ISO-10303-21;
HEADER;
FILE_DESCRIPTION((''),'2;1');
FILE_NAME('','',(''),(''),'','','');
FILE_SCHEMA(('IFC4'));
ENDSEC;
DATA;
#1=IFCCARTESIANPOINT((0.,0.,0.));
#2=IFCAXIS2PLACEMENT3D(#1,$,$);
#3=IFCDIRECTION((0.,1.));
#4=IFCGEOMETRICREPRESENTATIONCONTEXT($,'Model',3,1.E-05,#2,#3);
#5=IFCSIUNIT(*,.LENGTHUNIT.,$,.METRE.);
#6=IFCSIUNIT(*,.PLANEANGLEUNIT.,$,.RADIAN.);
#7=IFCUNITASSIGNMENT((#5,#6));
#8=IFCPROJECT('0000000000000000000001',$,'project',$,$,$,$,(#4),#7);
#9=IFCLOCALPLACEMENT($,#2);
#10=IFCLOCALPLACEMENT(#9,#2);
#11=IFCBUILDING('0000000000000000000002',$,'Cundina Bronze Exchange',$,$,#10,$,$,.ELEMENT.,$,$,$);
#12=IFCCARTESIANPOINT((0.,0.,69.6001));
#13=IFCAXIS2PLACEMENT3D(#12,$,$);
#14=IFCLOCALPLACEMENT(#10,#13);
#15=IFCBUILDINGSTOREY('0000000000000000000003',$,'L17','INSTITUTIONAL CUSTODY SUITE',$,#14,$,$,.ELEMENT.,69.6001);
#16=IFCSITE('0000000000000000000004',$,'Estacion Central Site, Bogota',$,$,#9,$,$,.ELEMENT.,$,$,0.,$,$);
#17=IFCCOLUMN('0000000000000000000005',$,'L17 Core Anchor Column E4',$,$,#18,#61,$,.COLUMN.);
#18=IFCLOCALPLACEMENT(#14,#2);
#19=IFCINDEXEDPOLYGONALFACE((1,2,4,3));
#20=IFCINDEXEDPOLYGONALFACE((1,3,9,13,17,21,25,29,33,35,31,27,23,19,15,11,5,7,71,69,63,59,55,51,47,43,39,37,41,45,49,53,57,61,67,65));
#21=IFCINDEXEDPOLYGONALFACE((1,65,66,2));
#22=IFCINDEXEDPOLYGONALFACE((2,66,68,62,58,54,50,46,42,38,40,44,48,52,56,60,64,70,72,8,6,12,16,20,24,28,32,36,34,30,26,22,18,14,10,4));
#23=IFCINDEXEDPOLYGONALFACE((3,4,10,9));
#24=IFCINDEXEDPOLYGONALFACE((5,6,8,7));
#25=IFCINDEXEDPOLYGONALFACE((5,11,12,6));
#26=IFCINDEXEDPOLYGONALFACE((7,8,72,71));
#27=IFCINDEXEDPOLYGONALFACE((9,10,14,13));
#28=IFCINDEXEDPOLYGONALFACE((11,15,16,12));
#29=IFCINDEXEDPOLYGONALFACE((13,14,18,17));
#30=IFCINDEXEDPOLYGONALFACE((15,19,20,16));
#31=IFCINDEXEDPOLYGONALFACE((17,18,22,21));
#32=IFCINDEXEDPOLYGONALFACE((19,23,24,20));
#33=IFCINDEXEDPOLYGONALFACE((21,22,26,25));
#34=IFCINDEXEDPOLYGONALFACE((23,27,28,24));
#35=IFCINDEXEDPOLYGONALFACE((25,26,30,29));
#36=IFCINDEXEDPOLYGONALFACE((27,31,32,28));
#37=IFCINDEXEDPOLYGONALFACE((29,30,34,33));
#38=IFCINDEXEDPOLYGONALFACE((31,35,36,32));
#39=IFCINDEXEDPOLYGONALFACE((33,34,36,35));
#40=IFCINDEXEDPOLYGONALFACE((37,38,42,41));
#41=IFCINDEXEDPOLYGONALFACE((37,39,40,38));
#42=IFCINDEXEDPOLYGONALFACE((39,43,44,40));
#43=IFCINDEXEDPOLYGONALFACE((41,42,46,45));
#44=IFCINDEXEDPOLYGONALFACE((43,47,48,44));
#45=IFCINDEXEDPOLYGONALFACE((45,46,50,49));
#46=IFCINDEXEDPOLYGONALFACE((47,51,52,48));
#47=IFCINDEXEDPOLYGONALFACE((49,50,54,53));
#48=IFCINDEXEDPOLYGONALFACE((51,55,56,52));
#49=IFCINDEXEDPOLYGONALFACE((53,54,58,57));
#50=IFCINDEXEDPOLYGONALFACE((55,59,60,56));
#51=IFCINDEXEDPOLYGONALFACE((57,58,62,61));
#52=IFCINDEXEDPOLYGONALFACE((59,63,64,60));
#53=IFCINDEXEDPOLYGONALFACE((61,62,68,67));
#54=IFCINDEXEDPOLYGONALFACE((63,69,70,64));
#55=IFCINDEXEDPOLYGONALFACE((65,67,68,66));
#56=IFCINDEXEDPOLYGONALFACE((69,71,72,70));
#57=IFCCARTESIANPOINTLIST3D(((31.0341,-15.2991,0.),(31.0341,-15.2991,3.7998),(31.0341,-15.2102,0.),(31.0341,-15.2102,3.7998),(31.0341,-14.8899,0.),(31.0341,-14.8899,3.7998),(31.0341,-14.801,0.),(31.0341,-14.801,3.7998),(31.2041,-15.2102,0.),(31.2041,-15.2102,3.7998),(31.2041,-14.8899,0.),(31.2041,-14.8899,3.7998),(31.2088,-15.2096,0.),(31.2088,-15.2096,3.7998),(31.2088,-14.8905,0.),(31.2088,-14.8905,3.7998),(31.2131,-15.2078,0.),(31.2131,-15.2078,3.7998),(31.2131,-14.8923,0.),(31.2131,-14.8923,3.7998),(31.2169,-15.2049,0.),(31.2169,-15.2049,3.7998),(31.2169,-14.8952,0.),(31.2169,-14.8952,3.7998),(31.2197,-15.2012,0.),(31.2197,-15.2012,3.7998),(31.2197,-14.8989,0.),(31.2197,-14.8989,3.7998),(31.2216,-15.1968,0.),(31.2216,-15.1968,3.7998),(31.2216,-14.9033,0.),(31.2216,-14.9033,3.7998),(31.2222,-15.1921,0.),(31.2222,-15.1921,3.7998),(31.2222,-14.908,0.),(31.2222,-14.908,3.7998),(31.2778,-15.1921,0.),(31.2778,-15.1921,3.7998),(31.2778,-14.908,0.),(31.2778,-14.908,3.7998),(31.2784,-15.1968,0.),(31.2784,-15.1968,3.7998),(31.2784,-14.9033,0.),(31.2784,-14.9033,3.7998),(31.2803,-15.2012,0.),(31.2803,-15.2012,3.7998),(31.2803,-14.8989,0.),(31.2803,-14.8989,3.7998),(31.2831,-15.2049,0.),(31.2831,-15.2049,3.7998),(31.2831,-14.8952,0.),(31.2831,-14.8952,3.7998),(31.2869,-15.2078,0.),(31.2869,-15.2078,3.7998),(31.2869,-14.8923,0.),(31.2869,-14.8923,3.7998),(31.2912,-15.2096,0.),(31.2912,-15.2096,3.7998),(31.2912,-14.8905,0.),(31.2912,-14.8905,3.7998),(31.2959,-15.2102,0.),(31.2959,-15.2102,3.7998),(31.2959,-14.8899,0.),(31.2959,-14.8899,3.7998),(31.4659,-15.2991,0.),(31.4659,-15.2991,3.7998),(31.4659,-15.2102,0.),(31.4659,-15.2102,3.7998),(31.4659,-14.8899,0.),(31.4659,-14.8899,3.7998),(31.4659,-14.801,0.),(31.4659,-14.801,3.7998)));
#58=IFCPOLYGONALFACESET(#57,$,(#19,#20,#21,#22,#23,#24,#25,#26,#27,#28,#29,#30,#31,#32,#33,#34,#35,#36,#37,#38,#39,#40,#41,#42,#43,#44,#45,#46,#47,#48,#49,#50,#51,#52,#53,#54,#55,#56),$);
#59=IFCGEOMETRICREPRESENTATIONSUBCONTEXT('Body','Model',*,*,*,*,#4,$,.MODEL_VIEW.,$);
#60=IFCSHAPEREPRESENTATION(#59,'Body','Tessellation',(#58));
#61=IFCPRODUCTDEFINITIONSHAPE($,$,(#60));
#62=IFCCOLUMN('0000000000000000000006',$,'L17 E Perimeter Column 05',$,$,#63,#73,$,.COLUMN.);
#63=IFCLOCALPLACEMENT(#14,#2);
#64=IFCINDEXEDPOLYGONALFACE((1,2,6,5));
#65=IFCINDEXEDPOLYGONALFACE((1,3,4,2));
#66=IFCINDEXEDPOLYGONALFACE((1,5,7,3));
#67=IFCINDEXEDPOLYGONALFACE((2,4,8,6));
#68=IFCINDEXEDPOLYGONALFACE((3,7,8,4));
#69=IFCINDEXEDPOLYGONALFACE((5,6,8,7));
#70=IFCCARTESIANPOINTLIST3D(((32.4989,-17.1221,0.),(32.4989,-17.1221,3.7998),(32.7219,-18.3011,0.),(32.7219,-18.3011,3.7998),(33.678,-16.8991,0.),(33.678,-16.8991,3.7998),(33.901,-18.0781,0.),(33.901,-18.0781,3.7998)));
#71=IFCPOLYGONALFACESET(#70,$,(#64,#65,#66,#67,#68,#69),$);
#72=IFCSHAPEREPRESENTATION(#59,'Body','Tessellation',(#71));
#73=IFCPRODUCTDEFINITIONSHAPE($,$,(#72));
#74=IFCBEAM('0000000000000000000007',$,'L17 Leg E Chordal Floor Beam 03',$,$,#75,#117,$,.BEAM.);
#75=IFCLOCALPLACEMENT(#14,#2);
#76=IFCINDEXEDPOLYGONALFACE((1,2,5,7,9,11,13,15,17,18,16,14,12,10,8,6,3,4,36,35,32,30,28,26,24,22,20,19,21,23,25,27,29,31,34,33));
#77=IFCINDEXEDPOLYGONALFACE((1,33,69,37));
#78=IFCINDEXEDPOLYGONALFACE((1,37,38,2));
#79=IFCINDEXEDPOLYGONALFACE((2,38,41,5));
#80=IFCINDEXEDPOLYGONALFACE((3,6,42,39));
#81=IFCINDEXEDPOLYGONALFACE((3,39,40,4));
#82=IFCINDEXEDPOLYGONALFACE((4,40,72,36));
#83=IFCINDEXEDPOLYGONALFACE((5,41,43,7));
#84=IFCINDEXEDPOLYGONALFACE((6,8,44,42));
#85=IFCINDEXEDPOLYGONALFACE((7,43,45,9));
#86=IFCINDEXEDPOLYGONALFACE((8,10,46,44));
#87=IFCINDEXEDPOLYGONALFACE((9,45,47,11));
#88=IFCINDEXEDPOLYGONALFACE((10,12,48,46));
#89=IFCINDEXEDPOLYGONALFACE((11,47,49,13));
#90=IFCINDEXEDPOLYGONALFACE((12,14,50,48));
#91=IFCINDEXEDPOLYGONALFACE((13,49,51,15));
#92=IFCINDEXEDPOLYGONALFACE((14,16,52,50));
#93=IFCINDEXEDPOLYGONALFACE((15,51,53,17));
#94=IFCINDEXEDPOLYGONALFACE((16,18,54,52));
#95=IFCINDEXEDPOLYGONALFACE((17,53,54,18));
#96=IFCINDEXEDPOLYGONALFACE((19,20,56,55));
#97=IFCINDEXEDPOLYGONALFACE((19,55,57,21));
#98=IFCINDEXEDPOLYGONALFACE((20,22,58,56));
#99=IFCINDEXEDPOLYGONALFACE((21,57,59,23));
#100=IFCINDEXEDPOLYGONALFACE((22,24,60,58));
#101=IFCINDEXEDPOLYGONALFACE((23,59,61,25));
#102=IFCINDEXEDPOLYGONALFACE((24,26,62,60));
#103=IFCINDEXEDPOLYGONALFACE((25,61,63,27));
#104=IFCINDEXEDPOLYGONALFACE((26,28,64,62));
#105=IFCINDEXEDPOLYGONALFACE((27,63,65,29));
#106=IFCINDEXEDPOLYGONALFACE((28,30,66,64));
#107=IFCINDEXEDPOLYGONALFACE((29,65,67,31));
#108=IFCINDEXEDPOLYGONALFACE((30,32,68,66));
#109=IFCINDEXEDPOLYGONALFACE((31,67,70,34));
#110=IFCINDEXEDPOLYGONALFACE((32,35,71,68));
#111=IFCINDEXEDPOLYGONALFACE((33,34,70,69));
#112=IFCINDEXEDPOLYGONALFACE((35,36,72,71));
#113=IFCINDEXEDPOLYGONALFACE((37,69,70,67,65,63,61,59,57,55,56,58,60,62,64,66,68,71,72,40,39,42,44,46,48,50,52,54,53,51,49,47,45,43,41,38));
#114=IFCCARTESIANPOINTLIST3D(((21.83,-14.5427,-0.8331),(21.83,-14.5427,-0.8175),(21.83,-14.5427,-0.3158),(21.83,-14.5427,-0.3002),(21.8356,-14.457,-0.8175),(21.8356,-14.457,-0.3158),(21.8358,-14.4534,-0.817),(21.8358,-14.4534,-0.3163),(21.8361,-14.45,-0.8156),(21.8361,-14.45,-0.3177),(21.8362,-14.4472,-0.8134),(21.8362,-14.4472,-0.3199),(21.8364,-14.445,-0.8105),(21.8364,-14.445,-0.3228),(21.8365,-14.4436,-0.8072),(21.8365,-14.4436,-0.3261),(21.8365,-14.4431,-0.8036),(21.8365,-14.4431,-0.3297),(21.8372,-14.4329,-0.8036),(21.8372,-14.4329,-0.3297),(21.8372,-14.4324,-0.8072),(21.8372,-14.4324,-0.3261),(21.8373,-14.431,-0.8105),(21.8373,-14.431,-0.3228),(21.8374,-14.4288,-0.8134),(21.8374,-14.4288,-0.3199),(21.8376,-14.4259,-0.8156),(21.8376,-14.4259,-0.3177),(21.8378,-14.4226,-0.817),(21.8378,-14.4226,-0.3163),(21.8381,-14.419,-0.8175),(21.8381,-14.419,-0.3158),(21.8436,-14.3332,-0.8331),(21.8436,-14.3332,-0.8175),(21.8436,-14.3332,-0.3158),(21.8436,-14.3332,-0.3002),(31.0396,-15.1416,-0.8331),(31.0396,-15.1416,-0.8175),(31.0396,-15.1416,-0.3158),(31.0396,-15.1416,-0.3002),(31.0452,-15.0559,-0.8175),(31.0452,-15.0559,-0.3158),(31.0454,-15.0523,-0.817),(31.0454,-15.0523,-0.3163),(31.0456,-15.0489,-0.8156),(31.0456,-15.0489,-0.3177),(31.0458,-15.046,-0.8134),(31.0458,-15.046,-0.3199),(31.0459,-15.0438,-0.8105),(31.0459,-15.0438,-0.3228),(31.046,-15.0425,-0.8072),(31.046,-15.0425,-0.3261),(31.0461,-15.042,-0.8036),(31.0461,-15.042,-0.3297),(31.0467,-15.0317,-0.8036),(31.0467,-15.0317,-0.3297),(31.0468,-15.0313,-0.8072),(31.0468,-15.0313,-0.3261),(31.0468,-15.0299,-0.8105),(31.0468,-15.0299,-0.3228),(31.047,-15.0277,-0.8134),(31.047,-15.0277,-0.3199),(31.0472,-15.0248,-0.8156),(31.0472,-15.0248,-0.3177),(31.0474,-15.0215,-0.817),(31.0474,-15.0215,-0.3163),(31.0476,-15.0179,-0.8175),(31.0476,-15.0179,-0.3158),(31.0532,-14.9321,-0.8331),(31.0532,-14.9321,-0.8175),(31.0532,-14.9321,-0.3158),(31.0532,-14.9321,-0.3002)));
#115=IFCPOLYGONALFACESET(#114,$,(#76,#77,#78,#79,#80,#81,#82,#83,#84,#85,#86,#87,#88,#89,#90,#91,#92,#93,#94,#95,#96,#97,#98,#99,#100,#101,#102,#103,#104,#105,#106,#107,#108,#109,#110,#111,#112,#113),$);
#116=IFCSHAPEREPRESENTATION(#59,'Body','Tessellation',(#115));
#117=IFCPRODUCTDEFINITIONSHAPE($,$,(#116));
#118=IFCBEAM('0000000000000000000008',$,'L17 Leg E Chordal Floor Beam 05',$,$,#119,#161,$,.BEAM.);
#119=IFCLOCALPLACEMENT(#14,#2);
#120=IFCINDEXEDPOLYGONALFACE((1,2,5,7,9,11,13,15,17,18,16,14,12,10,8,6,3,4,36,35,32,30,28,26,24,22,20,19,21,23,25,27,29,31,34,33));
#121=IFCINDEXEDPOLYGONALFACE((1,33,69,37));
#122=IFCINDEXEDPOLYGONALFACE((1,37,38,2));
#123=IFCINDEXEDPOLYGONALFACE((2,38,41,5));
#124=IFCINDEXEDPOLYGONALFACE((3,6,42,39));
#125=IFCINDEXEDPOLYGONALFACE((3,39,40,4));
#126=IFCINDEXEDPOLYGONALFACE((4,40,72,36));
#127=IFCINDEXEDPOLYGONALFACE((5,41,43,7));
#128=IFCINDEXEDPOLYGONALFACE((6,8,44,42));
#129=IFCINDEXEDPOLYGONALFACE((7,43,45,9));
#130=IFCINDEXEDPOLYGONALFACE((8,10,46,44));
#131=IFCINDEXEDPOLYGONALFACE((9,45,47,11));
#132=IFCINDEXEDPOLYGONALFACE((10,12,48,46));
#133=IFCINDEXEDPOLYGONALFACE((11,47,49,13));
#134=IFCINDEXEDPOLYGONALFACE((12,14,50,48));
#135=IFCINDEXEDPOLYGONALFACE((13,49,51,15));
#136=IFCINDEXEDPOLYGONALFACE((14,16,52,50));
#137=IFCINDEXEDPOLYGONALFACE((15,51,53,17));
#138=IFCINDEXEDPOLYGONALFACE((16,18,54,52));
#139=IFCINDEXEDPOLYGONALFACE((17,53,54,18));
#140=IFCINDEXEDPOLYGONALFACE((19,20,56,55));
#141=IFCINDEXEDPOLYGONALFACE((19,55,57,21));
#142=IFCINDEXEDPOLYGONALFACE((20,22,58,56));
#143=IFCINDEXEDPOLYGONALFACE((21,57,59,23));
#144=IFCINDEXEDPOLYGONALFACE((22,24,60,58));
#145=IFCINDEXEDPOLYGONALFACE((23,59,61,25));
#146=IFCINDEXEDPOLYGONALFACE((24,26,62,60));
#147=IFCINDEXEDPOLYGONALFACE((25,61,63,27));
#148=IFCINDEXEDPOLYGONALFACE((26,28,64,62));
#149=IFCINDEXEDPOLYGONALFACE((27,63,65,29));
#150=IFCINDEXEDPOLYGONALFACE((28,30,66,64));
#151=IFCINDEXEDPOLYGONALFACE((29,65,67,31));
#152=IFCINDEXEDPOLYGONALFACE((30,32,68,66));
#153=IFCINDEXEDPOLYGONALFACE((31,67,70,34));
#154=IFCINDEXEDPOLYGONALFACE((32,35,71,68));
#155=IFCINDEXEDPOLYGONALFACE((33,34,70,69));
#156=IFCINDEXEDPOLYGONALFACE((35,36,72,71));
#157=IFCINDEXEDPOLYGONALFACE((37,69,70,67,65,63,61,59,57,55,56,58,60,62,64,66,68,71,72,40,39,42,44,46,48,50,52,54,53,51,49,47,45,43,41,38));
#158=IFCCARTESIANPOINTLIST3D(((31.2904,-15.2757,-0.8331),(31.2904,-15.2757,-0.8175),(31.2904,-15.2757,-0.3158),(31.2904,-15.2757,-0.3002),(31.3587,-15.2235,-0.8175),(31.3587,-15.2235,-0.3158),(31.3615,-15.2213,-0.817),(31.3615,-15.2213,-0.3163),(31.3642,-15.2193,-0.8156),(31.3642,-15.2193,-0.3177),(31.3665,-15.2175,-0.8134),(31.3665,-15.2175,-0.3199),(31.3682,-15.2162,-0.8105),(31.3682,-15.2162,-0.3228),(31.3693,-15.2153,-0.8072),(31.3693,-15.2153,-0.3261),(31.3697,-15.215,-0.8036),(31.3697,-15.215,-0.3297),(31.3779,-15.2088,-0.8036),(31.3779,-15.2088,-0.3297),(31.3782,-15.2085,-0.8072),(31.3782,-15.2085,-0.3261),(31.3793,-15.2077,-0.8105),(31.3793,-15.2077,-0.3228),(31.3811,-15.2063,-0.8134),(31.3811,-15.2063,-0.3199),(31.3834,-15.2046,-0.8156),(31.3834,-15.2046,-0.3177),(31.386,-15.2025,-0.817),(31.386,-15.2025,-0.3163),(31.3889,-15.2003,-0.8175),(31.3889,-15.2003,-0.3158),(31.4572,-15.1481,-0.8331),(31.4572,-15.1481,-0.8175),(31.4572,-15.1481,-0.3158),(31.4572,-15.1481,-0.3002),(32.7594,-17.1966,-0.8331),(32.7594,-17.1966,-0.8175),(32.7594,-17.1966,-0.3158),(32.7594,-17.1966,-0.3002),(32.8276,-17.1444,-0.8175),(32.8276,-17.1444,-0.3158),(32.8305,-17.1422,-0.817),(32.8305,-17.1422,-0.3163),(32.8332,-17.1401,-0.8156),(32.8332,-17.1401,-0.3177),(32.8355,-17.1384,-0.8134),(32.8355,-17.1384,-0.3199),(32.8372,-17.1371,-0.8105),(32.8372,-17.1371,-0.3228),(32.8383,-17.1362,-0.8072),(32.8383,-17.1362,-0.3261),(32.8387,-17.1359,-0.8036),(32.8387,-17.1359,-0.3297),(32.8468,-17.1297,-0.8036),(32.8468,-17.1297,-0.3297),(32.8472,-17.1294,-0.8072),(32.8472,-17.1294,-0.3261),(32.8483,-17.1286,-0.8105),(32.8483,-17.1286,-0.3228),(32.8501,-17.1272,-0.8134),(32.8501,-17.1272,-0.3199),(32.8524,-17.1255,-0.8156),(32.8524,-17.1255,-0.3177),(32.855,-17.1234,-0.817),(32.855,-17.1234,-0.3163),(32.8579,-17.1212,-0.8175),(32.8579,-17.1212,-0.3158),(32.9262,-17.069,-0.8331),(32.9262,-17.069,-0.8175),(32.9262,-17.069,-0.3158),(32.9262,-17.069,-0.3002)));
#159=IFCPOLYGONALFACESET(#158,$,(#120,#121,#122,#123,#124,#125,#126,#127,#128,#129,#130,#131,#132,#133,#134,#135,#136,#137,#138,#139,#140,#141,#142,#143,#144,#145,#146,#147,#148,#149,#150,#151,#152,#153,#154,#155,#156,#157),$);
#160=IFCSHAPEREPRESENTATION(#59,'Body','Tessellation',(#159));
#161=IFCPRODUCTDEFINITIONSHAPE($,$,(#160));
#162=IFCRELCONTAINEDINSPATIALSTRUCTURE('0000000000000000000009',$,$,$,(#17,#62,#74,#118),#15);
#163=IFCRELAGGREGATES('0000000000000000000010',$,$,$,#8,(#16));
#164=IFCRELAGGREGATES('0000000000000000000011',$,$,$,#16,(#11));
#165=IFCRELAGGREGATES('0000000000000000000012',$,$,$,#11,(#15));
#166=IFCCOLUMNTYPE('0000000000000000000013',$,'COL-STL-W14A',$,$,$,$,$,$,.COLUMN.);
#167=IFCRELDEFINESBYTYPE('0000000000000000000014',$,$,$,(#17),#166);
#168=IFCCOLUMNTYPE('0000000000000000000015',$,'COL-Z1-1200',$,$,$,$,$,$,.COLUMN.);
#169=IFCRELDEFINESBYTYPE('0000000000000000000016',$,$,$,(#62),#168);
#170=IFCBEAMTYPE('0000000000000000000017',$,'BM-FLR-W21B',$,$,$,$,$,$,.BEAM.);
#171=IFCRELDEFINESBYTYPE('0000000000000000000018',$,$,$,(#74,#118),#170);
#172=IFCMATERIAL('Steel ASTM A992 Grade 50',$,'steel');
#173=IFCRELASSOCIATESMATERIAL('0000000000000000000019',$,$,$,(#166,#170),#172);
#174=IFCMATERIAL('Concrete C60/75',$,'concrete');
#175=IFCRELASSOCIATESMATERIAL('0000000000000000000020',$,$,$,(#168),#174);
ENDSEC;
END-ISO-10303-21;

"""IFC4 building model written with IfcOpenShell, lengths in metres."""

from ifc_helpers import new_model, si_unit, direction, frame, origin, origin_2d, place, context, subcontext, project, spatial, rectangle, i_section, extrude, material, material_profile, profile_set, type_object, element, save


model = new_model("IFC4")

# Units and contexts
model_context = context("Model", 3, precision=1e-05, world=origin(), true_north=direction((0.0, 1.0)))
body_context = subcontext(model_context, "Body", "Model", "MODEL_VIEW")
ifc_project = project(units=[si_unit("LENGTHUNIT", "METRE"), si_unit("PLANEANGLEUNIT", "RADIAN")], contexts=[model_context])

# Site, building, storey
site_placement = place(None, origin())
site = spatial("IfcSite", under=ifc_project, at=site_placement, Name="Estacion Central Site, Bogota", CompositionType="ELEMENT", RefElevation=0.0)
building_placement = place(site_placement, origin())
building = spatial("IfcBuilding", under=site, at=building_placement, Name="Cundina Bronze Exchange", CompositionType="ELEMENT")
storey_placement = place(building_placement, frame((0.0, 0.0, 69.6001)))
storey = spatial("IfcBuildingStorey", under=building, at=storey_placement, Name="L17", Description="INSTITUTIONAL CUSTODY SUITE", CompositionType="ELEMENT", Elevation=69.6001)

# Columns
ifc_material_1 = material(Name="Steel ASTM A992 Grade 50", Category="steel")
ifc_material_profile_1 = material_profile(ifc_material_1, i_section(OverallWidth=0.4319, OverallDepth=0.498, WebThickness=0.0557, FlangeThickness=0.0889, FilletRadius=0.0181, at=origin_2d()), Name="W14X500", Category="steel")
ifc_profile_set_1 = profile_set([ifc_material_profile_1], Name="Steel ASTM A992 Grade 50")
column_type_1 = type_object("IfcColumnType", Name="COL-STL-W14A", PredefinedType="COLUMN", material=ifc_profile_set_1)
column_1_placement = place(storey_placement, frame((31.25, -15.05, 0.0), z_axis=(0.0, 0.0, 1.0), x_axis=(1.0, 0.0, 0.0)))
element("IfcColumn", 1, at=column_1_placement, inside=storey, type_object=column_type_1, Name="L17 Core Anchor Column E4", PredefinedType="COLUMN", context=body_context, shape_type="SweptSolid", body=[
    extrude(i_section(OverallWidth=0.4319, OverallDepth=0.498, WebThickness=0.0557, FlangeThickness=0.0889, FilletRadius=0.0181, at=origin_2d()), origin(), (0.0, 0.0, 1.0), 3.7998),
])
ifc_material_2 = material(Name="Concrete C60/75", Category="concrete")
ifc_material_profile_2 = material_profile(ifc_material_2, rectangle(XDim=1.2, YDim=1.2, at=origin_2d()), Name="RC1200X1200", Category="concrete")
ifc_profile_set_2 = profile_set([ifc_material_profile_2], Name="Concrete C60/75")
column_type_2 = type_object("IfcColumnType", Name="COL-Z1-1200", PredefinedType="COLUMN", material=ifc_profile_set_2)
column_2_placement = place(storey_placement, frame((33.2, -17.6001, 0.0), z_axis=(0.0, 0.0, 1.0), x_axis=(0.98258, 0.185838, 0.0)))
element("IfcColumn", 2, at=column_2_placement, inside=storey, type_object=column_type_2, Name="L17 E Perimeter Column 05", PredefinedType="COLUMN", context=body_context, shape_type="SweptSolid", body=[
    extrude(rectangle(XDim=1.2, YDim=1.2, at=origin_2d()), origin(), (0.0, 0.0, 1.0), 3.7998),
])

# Beams
ifc_material_profile_3 = material_profile(ifc_material_1, i_section(OverallWidth=0.21, OverallDepth=0.533, WebThickness=0.0103, FlangeThickness=0.0156, FilletRadius=0.0139, at=origin_2d()), Name="W21X62", Category="steel")
ifc_profile_set_3 = profile_set([ifc_material_profile_3], Name="Steel ASTM A992 Grade 50")
beam_type_1 = type_object("IfcBeamType", Name="BM-FLR-W21B", PredefinedType="BEAM", material=ifc_profile_set_3)
beam_1_placement = place(storey_placement, frame((31.0464, -15.0369, -0.5667), z_axis=(-0.997892, 0.064891, 0.0), x_axis=(-0.064891, -0.997892, 0.0)))
element("IfcBeam", 3, at=beam_1_placement, inside=storey, type_object=beam_type_1, Name="L17 Leg E Chordal Floor Beam 03", PredefinedType="BEAM", context=body_context, shape_type="SweptSolid", body=[
    extrude(i_section(OverallWidth=0.21, OverallDepth=0.533, WebThickness=0.0103, FlangeThickness=0.0156, FilletRadius=0.0139, at=origin_2d()), origin(), (0.0, 0.0, 1.0), 9.229),
])
beam_2_placement = place(storey_placement, frame((31.3738, -15.2119, -0.5667), z_axis=(0.607469, -0.794344, 0.0), x_axis=(0.794344, 0.607469, 0.0)))
element("IfcBeam", 4, at=beam_2_placement, inside=storey, type_object=beam_type_1, Name="L17 Leg E Chordal Floor Beam 05", PredefinedType="BEAM", context=body_context, shape_type="SweptSolid", body=[
    extrude(i_section(OverallWidth=0.21, OverallDepth=0.533, WebThickness=0.0103, FlangeThickness=0.0156, FilletRadius=0.0139, at=origin_2d()), origin(), (0.0, 0.0, 1.0), 2.4182),
])

save(model, "model.ifc")
